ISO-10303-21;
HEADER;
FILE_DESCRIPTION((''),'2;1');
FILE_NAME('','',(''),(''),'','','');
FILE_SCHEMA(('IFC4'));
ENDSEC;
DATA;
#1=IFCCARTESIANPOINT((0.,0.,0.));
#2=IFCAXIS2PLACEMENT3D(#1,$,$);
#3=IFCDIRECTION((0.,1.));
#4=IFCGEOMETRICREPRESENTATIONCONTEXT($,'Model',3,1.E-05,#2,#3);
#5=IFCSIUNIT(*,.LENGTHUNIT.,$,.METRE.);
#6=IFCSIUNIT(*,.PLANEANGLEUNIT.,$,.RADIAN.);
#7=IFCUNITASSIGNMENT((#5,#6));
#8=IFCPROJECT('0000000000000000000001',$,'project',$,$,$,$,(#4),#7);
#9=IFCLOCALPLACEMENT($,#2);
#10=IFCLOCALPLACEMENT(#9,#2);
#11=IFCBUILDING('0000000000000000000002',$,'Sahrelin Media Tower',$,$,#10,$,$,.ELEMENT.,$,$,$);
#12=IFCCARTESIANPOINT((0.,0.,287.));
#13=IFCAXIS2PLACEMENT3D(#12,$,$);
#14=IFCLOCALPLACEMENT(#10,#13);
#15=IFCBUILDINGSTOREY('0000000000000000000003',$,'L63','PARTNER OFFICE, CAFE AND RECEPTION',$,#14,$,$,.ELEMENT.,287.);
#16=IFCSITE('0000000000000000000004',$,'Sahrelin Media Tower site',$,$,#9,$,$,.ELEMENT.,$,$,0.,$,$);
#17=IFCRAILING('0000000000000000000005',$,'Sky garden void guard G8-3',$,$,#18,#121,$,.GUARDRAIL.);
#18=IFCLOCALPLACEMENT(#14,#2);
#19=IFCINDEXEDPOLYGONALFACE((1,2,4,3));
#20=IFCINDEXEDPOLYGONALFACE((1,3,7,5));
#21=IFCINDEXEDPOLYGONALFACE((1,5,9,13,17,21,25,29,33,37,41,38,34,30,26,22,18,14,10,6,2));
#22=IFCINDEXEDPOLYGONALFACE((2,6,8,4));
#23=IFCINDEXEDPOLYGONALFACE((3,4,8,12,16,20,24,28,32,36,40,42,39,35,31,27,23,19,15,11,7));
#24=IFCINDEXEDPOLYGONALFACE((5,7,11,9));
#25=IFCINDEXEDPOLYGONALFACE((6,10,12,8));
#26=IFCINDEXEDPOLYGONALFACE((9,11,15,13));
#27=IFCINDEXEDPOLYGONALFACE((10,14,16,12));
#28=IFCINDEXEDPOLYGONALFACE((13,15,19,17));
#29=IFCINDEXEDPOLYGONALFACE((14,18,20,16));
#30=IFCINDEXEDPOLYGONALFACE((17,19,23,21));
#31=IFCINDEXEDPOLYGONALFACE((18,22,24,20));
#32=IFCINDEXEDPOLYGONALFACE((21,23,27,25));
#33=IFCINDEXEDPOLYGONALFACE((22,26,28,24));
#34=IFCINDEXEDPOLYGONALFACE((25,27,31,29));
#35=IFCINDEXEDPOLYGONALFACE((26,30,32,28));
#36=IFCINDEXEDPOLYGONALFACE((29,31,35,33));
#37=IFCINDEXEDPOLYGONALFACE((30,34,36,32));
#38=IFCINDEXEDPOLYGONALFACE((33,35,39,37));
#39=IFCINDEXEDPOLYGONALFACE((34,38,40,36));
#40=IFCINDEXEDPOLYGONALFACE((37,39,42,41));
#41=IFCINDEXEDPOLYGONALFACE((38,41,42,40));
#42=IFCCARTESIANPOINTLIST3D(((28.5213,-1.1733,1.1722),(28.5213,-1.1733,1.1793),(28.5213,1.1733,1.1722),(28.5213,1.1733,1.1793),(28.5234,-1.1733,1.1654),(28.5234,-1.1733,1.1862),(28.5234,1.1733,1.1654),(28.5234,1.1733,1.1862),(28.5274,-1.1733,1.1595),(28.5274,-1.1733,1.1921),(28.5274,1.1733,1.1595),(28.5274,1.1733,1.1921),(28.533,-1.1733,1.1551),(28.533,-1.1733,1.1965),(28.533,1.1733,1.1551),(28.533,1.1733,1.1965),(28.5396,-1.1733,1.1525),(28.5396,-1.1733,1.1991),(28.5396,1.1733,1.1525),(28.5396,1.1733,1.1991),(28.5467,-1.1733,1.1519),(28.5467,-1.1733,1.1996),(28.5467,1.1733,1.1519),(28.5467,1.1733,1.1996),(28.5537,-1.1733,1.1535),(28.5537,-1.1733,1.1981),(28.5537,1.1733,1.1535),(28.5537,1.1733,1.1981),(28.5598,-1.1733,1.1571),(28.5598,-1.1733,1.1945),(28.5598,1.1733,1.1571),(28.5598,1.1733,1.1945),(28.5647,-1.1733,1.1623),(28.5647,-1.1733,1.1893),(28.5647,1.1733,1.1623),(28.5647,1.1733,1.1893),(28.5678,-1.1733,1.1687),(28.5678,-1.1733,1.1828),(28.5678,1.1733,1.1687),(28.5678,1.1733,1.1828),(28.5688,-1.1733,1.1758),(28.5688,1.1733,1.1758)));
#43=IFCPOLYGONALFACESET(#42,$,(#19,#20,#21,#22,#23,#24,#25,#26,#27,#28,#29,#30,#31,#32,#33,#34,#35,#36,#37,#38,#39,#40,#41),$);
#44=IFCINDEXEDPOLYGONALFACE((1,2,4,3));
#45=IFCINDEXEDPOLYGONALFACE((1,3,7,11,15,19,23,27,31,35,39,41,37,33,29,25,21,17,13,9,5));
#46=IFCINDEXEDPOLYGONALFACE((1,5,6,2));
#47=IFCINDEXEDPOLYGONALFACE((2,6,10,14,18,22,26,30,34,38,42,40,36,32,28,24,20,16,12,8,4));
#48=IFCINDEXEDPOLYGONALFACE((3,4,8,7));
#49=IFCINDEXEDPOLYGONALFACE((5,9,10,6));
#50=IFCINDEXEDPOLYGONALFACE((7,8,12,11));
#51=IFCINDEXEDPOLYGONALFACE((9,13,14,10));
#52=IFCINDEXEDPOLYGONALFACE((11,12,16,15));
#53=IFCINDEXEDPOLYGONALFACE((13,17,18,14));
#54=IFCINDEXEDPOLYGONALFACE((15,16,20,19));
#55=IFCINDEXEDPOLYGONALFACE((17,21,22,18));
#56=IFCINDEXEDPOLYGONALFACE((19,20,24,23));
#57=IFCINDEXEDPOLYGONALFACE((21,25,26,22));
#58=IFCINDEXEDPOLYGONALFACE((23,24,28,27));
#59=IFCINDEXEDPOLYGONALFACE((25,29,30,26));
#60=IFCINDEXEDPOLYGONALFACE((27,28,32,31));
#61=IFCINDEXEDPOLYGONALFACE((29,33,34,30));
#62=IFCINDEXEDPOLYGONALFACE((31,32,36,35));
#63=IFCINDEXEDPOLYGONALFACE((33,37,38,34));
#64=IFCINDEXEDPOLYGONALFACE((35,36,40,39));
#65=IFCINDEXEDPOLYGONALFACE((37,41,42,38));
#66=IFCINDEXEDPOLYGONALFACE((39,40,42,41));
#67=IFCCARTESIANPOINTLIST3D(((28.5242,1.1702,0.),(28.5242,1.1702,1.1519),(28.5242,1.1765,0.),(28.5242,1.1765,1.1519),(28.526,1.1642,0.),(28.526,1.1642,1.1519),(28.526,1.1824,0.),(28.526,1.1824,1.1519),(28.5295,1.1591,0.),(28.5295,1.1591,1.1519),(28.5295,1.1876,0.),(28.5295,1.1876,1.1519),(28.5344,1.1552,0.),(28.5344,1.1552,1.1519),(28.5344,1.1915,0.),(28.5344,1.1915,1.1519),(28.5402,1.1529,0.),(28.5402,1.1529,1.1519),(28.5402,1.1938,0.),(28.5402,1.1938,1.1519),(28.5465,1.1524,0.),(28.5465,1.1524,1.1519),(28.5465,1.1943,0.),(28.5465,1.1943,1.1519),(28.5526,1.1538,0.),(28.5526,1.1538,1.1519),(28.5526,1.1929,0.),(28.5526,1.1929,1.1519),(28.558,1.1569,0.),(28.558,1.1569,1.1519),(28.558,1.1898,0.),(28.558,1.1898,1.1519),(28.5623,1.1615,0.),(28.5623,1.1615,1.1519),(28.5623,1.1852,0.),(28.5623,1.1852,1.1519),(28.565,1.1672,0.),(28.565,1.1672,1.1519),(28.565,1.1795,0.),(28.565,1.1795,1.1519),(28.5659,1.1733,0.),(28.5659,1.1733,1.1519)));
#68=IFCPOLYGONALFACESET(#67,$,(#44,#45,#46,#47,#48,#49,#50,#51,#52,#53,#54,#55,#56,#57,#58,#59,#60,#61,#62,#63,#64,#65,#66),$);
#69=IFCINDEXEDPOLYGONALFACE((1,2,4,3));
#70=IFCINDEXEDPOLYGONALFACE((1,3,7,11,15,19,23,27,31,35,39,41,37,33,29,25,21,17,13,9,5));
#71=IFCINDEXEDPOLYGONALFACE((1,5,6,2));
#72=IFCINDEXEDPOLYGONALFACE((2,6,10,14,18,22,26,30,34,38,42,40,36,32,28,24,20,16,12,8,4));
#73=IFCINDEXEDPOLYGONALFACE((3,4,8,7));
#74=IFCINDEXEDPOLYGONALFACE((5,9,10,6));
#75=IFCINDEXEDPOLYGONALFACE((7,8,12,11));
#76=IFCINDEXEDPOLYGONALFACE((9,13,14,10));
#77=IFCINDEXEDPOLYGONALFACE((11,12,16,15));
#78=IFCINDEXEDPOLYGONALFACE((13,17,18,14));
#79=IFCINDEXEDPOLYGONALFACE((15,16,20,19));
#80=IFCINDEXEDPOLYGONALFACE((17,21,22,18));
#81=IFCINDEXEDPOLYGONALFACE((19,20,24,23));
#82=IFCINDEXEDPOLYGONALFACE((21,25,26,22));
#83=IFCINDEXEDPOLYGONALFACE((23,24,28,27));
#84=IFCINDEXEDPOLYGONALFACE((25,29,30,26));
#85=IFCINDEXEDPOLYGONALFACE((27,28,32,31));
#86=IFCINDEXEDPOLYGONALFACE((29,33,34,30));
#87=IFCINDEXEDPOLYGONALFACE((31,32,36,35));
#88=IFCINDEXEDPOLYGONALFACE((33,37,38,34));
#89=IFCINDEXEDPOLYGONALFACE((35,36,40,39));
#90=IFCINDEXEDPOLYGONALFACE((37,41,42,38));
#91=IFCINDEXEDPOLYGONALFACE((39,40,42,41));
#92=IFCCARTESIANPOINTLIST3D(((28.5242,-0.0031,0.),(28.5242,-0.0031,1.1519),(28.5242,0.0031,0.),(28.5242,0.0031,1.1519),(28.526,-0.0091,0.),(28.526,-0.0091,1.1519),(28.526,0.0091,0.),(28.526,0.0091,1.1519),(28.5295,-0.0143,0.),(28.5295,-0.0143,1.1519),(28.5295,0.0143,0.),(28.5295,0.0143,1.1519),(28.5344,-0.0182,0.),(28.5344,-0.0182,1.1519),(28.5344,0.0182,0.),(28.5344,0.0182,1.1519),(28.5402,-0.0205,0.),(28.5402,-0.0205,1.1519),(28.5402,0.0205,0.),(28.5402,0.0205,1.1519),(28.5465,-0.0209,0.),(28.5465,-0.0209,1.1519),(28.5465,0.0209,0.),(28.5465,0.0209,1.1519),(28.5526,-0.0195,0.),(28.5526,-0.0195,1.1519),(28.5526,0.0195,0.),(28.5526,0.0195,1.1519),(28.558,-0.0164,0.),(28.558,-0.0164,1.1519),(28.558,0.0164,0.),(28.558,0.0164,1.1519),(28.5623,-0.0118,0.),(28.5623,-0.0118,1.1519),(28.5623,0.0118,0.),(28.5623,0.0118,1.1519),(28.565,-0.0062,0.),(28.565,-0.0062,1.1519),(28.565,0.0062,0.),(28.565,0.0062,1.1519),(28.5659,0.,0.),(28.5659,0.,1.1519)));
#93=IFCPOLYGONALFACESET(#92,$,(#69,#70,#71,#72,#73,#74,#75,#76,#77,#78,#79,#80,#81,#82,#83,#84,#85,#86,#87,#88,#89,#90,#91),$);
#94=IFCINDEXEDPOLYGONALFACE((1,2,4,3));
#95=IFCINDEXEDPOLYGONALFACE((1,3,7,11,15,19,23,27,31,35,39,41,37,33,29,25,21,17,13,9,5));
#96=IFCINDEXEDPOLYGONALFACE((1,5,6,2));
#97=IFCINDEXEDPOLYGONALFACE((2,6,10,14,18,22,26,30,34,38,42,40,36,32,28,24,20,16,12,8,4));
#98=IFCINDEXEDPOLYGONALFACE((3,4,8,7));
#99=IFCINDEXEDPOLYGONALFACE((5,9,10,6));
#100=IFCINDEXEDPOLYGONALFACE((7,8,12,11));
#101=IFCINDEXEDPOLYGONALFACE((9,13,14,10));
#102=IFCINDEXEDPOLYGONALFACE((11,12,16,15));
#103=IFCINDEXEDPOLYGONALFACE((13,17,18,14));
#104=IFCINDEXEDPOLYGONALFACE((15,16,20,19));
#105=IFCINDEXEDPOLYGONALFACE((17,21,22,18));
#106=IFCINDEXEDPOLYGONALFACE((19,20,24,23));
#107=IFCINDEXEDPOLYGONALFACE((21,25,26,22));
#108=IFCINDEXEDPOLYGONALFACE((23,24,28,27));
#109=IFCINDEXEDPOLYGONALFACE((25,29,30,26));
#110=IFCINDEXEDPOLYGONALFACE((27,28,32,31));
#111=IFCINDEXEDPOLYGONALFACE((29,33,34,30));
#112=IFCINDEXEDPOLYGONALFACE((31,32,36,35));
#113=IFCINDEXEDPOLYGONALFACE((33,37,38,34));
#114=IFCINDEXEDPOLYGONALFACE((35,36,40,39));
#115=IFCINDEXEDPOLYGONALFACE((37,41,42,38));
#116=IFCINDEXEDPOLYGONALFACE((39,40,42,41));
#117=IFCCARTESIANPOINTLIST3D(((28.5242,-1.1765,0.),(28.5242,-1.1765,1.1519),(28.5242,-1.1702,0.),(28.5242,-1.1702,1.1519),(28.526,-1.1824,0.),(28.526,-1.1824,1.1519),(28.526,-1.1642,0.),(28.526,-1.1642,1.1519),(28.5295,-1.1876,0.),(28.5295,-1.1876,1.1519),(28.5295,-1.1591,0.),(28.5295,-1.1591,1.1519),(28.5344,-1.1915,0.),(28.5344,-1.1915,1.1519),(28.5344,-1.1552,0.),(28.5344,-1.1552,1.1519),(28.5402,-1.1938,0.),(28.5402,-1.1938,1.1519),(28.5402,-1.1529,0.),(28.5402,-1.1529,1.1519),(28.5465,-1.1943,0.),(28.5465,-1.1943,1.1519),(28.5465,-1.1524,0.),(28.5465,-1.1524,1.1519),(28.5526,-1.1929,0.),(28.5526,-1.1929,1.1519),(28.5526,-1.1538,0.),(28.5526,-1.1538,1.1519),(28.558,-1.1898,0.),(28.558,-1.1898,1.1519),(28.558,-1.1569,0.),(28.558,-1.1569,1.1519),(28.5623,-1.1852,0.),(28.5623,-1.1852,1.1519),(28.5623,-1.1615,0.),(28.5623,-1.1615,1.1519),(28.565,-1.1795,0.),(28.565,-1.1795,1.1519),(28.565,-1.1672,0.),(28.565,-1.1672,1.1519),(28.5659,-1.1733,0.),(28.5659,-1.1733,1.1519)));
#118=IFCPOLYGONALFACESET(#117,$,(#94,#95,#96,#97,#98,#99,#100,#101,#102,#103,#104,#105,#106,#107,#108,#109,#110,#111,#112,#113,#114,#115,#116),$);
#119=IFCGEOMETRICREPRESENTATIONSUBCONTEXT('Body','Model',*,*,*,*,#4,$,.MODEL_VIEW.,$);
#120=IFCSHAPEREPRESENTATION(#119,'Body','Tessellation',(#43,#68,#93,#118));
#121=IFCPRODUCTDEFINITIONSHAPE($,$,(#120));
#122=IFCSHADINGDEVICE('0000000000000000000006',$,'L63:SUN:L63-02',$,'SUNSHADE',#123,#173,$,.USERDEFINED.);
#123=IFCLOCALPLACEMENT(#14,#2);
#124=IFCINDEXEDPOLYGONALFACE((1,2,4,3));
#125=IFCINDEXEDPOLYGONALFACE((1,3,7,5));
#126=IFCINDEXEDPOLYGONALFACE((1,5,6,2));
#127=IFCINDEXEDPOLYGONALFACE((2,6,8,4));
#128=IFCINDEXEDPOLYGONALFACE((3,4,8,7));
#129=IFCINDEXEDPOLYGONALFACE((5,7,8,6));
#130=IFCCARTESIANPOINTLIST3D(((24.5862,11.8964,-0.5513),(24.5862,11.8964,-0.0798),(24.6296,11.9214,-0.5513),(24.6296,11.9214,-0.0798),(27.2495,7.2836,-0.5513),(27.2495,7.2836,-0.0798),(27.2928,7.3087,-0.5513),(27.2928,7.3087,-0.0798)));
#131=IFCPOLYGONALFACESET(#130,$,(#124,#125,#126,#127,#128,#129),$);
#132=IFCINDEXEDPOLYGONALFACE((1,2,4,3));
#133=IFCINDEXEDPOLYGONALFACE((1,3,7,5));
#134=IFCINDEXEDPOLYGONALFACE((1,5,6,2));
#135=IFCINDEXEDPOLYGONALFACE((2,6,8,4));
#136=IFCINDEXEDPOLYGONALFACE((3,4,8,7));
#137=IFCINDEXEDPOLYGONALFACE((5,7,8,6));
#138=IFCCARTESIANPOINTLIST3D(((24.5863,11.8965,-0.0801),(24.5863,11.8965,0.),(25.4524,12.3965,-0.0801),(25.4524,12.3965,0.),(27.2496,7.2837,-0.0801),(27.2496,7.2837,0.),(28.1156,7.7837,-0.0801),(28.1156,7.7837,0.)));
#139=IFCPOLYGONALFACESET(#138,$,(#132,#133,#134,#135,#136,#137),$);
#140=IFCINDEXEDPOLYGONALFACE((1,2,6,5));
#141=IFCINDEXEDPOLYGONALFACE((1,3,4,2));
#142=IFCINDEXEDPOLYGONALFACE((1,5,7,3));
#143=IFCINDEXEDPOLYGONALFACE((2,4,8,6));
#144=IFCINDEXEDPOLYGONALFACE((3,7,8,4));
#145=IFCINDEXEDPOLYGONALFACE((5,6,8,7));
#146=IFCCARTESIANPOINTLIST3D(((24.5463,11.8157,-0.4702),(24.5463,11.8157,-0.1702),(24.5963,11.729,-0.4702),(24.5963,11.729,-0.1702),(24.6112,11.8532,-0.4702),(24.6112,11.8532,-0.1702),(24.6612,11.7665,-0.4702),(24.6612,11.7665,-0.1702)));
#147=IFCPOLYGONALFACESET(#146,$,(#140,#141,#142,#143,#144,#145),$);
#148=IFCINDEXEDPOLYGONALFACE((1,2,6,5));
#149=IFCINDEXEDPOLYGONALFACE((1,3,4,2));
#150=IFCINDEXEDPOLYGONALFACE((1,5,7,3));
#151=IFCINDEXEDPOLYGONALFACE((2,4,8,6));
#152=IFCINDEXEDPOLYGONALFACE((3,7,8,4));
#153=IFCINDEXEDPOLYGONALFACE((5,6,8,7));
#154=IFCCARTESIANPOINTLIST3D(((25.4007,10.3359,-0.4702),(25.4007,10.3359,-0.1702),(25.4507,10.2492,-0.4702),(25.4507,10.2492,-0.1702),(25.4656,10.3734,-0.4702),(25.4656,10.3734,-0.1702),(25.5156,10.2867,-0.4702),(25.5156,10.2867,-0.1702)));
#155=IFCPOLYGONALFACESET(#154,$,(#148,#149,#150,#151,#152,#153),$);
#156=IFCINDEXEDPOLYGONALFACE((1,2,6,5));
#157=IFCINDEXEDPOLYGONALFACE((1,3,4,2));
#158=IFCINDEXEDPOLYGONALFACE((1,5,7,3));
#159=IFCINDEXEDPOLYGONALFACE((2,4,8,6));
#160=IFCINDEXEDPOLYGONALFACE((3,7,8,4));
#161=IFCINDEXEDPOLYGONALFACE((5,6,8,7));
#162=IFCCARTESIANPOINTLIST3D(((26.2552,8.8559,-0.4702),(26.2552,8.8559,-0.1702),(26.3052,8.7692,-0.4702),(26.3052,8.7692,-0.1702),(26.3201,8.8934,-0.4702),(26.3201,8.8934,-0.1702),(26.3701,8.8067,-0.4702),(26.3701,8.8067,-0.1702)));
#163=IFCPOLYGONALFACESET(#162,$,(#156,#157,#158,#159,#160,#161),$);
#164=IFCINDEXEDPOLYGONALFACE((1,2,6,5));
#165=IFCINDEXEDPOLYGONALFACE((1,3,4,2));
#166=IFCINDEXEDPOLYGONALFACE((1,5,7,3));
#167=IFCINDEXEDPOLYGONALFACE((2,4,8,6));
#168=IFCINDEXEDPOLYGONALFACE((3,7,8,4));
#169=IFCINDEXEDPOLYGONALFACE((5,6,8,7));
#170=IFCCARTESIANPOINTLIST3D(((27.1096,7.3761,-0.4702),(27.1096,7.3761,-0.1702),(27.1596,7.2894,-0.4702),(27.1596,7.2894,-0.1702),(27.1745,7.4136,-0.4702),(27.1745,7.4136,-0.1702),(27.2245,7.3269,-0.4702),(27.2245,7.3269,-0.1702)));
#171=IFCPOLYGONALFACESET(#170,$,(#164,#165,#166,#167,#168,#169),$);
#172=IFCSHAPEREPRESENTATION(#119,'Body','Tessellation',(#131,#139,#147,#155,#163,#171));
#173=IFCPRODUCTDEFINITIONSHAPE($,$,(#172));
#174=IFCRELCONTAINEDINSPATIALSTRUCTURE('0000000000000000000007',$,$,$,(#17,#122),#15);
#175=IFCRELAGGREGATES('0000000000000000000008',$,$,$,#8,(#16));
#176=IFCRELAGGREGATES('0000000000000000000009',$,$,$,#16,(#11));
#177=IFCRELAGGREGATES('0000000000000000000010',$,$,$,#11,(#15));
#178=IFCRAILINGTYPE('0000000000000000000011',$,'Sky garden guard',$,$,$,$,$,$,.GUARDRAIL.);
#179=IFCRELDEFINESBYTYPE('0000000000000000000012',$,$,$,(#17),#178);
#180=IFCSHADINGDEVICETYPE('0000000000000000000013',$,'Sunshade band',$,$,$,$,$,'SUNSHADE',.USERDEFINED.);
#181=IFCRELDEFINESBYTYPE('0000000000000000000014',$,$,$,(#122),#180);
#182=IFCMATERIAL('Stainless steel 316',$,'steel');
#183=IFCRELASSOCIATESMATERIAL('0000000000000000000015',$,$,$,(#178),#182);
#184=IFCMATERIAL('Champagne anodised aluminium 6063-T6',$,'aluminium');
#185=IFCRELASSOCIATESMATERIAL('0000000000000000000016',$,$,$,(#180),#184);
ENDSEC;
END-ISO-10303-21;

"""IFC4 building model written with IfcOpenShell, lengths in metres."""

from ifc_helpers import new_model, si_unit, direction, frame, origin, origin_2d, place, context, subcontext, project, spatial, rectangle, circle, extrude, material, type_object, element, save


model = new_model("IFC4")

# Units and contexts
model_context = context("Model", 3, precision=1e-05, world=origin(), true_north=direction((0.0, 1.0)))
body_context = subcontext(model_context, "Body", "Model", "MODEL_VIEW")
ifc_project = project(units=[si_unit("LENGTHUNIT", "METRE"), si_unit("PLANEANGLEUNIT", "RADIAN")], contexts=[model_context])

# Site, building, storey
site_placement = place(None, origin())
site = spatial("IfcSite", under=ifc_project, at=site_placement, Name="Sahrelin Media Tower site", CompositionType="ELEMENT", RefElevation=0.0)
building_placement = place(site_placement, origin())
building = spatial("IfcBuilding", under=site, at=building_placement, Name="Sahrelin Media Tower", CompositionType="ELEMENT")
storey_placement = place(building_placement, frame((0.0, 0.0, 287.0)))
storey = spatial("IfcBuildingStorey", under=building, at=storey_placement, Name="L63", Description="PARTNER OFFICE, CAFE AND RECEPTION", CompositionType="ELEMENT", Elevation=287.0)

# Shared definitions
ifc_material_1 = material(Name="Champagne anodised aluminium 6063-T6", Category="aluminium")

# Shared definitions
placement = place(storey_placement, frame((25.9006, 9.5801, 0.0), z_axis=(0.0, 0.0, 1.0), x_axis=(0.500011, -0.866019, 0.0)))

# Railing
ifc_material_2 = material(Name="Stainless steel 316", Category="steel")
railing_type = type_object("IfcRailingType", Name="Sky garden guard", PredefinedType="GUARDRAIL", material=ifc_material_2)
railing_1_placement = place(storey_placement, frame((28.5449, 1.1733, 0.0)))
element("IfcRailing", 1, at=railing_1_placement, inside=storey, type_object=railing_type, Name="Sky garden void guard G8-3", PredefinedType="GUARDRAIL", context=body_context, shape_type="SweptSolid", body=[
    extrude(circle(Radius=0.0239, at=origin_2d()), frame((0.0, 0.0, 1.1758), z_axis=(0.0, -1.0, 0.0), x_axis=(1.0, 0.0, 0.0)), (0.0, 0.0, 1.0), 2.3467),
    extrude(circle(Radius=0.021, at=origin_2d()), origin(), (0.0, 0.0, 1.0), 1.1519),
    extrude(circle(Radius=0.021, at=origin_2d()), frame((0.0, -1.1733, 0.0)), (0.0, 0.0, 1.0), 1.1519),
    extrude(circle(Radius=0.021, at=origin_2d()), frame((0.0, -2.3467, 0.0)), (0.0, 0.0, 1.0), 1.1519),
])

# Shading device
shading_device_type_1 = type_object("IfcShadingDeviceType", Name="Sunshade band", ElementType="SUNSHADE", PredefinedType="USERDEFINED", material=ifc_material_1)
element("IfcShadingDevice", 2, at=placement, inside=storey, type_object=shading_device_type_1, Name="L63:SUN:L63-02", ObjectType="SUNSHADE", PredefinedType="USERDEFINED", context=body_context, shape_type="SweptSolid", body=[
    extrude(rectangle(XDim=5.3264, YDim=0.05, at=origin_2d()), frame((0.0, 0.0449, -0.5513)), (0.0, 0.0, 1.0), 0.4714),
    extrude(rectangle(XDim=5.3264, YDim=1.0, at=origin_2d()), frame((0.0, 0.52, -0.0801)), (0.0, 0.0, 1.0), 0.0801),
    extrude(rectangle(XDim=0.1001, YDim=0.075, at=origin_2d()), frame((-2.5632, -0.0176, -0.4702)), (0.0, 0.0, 1.0), 0.3),
    extrude(rectangle(XDim=0.1001, YDim=0.075, at=origin_2d()), frame((-0.8545, -0.0176, -0.4702)), (0.0, 0.0, 1.0), 0.3),
    extrude(rectangle(XDim=0.1001, YDim=0.075, at=origin_2d()), frame((0.8545, -0.0176, -0.4702)), (0.0, 0.0, 1.0), 0.3),
    extrude(rectangle(XDim=0.1001, YDim=0.075, at=origin_2d()), frame((2.5632, -0.0176, -0.4702)), (0.0, 0.0, 1.0), 0.3),
])

save(model, "model.ifc")
